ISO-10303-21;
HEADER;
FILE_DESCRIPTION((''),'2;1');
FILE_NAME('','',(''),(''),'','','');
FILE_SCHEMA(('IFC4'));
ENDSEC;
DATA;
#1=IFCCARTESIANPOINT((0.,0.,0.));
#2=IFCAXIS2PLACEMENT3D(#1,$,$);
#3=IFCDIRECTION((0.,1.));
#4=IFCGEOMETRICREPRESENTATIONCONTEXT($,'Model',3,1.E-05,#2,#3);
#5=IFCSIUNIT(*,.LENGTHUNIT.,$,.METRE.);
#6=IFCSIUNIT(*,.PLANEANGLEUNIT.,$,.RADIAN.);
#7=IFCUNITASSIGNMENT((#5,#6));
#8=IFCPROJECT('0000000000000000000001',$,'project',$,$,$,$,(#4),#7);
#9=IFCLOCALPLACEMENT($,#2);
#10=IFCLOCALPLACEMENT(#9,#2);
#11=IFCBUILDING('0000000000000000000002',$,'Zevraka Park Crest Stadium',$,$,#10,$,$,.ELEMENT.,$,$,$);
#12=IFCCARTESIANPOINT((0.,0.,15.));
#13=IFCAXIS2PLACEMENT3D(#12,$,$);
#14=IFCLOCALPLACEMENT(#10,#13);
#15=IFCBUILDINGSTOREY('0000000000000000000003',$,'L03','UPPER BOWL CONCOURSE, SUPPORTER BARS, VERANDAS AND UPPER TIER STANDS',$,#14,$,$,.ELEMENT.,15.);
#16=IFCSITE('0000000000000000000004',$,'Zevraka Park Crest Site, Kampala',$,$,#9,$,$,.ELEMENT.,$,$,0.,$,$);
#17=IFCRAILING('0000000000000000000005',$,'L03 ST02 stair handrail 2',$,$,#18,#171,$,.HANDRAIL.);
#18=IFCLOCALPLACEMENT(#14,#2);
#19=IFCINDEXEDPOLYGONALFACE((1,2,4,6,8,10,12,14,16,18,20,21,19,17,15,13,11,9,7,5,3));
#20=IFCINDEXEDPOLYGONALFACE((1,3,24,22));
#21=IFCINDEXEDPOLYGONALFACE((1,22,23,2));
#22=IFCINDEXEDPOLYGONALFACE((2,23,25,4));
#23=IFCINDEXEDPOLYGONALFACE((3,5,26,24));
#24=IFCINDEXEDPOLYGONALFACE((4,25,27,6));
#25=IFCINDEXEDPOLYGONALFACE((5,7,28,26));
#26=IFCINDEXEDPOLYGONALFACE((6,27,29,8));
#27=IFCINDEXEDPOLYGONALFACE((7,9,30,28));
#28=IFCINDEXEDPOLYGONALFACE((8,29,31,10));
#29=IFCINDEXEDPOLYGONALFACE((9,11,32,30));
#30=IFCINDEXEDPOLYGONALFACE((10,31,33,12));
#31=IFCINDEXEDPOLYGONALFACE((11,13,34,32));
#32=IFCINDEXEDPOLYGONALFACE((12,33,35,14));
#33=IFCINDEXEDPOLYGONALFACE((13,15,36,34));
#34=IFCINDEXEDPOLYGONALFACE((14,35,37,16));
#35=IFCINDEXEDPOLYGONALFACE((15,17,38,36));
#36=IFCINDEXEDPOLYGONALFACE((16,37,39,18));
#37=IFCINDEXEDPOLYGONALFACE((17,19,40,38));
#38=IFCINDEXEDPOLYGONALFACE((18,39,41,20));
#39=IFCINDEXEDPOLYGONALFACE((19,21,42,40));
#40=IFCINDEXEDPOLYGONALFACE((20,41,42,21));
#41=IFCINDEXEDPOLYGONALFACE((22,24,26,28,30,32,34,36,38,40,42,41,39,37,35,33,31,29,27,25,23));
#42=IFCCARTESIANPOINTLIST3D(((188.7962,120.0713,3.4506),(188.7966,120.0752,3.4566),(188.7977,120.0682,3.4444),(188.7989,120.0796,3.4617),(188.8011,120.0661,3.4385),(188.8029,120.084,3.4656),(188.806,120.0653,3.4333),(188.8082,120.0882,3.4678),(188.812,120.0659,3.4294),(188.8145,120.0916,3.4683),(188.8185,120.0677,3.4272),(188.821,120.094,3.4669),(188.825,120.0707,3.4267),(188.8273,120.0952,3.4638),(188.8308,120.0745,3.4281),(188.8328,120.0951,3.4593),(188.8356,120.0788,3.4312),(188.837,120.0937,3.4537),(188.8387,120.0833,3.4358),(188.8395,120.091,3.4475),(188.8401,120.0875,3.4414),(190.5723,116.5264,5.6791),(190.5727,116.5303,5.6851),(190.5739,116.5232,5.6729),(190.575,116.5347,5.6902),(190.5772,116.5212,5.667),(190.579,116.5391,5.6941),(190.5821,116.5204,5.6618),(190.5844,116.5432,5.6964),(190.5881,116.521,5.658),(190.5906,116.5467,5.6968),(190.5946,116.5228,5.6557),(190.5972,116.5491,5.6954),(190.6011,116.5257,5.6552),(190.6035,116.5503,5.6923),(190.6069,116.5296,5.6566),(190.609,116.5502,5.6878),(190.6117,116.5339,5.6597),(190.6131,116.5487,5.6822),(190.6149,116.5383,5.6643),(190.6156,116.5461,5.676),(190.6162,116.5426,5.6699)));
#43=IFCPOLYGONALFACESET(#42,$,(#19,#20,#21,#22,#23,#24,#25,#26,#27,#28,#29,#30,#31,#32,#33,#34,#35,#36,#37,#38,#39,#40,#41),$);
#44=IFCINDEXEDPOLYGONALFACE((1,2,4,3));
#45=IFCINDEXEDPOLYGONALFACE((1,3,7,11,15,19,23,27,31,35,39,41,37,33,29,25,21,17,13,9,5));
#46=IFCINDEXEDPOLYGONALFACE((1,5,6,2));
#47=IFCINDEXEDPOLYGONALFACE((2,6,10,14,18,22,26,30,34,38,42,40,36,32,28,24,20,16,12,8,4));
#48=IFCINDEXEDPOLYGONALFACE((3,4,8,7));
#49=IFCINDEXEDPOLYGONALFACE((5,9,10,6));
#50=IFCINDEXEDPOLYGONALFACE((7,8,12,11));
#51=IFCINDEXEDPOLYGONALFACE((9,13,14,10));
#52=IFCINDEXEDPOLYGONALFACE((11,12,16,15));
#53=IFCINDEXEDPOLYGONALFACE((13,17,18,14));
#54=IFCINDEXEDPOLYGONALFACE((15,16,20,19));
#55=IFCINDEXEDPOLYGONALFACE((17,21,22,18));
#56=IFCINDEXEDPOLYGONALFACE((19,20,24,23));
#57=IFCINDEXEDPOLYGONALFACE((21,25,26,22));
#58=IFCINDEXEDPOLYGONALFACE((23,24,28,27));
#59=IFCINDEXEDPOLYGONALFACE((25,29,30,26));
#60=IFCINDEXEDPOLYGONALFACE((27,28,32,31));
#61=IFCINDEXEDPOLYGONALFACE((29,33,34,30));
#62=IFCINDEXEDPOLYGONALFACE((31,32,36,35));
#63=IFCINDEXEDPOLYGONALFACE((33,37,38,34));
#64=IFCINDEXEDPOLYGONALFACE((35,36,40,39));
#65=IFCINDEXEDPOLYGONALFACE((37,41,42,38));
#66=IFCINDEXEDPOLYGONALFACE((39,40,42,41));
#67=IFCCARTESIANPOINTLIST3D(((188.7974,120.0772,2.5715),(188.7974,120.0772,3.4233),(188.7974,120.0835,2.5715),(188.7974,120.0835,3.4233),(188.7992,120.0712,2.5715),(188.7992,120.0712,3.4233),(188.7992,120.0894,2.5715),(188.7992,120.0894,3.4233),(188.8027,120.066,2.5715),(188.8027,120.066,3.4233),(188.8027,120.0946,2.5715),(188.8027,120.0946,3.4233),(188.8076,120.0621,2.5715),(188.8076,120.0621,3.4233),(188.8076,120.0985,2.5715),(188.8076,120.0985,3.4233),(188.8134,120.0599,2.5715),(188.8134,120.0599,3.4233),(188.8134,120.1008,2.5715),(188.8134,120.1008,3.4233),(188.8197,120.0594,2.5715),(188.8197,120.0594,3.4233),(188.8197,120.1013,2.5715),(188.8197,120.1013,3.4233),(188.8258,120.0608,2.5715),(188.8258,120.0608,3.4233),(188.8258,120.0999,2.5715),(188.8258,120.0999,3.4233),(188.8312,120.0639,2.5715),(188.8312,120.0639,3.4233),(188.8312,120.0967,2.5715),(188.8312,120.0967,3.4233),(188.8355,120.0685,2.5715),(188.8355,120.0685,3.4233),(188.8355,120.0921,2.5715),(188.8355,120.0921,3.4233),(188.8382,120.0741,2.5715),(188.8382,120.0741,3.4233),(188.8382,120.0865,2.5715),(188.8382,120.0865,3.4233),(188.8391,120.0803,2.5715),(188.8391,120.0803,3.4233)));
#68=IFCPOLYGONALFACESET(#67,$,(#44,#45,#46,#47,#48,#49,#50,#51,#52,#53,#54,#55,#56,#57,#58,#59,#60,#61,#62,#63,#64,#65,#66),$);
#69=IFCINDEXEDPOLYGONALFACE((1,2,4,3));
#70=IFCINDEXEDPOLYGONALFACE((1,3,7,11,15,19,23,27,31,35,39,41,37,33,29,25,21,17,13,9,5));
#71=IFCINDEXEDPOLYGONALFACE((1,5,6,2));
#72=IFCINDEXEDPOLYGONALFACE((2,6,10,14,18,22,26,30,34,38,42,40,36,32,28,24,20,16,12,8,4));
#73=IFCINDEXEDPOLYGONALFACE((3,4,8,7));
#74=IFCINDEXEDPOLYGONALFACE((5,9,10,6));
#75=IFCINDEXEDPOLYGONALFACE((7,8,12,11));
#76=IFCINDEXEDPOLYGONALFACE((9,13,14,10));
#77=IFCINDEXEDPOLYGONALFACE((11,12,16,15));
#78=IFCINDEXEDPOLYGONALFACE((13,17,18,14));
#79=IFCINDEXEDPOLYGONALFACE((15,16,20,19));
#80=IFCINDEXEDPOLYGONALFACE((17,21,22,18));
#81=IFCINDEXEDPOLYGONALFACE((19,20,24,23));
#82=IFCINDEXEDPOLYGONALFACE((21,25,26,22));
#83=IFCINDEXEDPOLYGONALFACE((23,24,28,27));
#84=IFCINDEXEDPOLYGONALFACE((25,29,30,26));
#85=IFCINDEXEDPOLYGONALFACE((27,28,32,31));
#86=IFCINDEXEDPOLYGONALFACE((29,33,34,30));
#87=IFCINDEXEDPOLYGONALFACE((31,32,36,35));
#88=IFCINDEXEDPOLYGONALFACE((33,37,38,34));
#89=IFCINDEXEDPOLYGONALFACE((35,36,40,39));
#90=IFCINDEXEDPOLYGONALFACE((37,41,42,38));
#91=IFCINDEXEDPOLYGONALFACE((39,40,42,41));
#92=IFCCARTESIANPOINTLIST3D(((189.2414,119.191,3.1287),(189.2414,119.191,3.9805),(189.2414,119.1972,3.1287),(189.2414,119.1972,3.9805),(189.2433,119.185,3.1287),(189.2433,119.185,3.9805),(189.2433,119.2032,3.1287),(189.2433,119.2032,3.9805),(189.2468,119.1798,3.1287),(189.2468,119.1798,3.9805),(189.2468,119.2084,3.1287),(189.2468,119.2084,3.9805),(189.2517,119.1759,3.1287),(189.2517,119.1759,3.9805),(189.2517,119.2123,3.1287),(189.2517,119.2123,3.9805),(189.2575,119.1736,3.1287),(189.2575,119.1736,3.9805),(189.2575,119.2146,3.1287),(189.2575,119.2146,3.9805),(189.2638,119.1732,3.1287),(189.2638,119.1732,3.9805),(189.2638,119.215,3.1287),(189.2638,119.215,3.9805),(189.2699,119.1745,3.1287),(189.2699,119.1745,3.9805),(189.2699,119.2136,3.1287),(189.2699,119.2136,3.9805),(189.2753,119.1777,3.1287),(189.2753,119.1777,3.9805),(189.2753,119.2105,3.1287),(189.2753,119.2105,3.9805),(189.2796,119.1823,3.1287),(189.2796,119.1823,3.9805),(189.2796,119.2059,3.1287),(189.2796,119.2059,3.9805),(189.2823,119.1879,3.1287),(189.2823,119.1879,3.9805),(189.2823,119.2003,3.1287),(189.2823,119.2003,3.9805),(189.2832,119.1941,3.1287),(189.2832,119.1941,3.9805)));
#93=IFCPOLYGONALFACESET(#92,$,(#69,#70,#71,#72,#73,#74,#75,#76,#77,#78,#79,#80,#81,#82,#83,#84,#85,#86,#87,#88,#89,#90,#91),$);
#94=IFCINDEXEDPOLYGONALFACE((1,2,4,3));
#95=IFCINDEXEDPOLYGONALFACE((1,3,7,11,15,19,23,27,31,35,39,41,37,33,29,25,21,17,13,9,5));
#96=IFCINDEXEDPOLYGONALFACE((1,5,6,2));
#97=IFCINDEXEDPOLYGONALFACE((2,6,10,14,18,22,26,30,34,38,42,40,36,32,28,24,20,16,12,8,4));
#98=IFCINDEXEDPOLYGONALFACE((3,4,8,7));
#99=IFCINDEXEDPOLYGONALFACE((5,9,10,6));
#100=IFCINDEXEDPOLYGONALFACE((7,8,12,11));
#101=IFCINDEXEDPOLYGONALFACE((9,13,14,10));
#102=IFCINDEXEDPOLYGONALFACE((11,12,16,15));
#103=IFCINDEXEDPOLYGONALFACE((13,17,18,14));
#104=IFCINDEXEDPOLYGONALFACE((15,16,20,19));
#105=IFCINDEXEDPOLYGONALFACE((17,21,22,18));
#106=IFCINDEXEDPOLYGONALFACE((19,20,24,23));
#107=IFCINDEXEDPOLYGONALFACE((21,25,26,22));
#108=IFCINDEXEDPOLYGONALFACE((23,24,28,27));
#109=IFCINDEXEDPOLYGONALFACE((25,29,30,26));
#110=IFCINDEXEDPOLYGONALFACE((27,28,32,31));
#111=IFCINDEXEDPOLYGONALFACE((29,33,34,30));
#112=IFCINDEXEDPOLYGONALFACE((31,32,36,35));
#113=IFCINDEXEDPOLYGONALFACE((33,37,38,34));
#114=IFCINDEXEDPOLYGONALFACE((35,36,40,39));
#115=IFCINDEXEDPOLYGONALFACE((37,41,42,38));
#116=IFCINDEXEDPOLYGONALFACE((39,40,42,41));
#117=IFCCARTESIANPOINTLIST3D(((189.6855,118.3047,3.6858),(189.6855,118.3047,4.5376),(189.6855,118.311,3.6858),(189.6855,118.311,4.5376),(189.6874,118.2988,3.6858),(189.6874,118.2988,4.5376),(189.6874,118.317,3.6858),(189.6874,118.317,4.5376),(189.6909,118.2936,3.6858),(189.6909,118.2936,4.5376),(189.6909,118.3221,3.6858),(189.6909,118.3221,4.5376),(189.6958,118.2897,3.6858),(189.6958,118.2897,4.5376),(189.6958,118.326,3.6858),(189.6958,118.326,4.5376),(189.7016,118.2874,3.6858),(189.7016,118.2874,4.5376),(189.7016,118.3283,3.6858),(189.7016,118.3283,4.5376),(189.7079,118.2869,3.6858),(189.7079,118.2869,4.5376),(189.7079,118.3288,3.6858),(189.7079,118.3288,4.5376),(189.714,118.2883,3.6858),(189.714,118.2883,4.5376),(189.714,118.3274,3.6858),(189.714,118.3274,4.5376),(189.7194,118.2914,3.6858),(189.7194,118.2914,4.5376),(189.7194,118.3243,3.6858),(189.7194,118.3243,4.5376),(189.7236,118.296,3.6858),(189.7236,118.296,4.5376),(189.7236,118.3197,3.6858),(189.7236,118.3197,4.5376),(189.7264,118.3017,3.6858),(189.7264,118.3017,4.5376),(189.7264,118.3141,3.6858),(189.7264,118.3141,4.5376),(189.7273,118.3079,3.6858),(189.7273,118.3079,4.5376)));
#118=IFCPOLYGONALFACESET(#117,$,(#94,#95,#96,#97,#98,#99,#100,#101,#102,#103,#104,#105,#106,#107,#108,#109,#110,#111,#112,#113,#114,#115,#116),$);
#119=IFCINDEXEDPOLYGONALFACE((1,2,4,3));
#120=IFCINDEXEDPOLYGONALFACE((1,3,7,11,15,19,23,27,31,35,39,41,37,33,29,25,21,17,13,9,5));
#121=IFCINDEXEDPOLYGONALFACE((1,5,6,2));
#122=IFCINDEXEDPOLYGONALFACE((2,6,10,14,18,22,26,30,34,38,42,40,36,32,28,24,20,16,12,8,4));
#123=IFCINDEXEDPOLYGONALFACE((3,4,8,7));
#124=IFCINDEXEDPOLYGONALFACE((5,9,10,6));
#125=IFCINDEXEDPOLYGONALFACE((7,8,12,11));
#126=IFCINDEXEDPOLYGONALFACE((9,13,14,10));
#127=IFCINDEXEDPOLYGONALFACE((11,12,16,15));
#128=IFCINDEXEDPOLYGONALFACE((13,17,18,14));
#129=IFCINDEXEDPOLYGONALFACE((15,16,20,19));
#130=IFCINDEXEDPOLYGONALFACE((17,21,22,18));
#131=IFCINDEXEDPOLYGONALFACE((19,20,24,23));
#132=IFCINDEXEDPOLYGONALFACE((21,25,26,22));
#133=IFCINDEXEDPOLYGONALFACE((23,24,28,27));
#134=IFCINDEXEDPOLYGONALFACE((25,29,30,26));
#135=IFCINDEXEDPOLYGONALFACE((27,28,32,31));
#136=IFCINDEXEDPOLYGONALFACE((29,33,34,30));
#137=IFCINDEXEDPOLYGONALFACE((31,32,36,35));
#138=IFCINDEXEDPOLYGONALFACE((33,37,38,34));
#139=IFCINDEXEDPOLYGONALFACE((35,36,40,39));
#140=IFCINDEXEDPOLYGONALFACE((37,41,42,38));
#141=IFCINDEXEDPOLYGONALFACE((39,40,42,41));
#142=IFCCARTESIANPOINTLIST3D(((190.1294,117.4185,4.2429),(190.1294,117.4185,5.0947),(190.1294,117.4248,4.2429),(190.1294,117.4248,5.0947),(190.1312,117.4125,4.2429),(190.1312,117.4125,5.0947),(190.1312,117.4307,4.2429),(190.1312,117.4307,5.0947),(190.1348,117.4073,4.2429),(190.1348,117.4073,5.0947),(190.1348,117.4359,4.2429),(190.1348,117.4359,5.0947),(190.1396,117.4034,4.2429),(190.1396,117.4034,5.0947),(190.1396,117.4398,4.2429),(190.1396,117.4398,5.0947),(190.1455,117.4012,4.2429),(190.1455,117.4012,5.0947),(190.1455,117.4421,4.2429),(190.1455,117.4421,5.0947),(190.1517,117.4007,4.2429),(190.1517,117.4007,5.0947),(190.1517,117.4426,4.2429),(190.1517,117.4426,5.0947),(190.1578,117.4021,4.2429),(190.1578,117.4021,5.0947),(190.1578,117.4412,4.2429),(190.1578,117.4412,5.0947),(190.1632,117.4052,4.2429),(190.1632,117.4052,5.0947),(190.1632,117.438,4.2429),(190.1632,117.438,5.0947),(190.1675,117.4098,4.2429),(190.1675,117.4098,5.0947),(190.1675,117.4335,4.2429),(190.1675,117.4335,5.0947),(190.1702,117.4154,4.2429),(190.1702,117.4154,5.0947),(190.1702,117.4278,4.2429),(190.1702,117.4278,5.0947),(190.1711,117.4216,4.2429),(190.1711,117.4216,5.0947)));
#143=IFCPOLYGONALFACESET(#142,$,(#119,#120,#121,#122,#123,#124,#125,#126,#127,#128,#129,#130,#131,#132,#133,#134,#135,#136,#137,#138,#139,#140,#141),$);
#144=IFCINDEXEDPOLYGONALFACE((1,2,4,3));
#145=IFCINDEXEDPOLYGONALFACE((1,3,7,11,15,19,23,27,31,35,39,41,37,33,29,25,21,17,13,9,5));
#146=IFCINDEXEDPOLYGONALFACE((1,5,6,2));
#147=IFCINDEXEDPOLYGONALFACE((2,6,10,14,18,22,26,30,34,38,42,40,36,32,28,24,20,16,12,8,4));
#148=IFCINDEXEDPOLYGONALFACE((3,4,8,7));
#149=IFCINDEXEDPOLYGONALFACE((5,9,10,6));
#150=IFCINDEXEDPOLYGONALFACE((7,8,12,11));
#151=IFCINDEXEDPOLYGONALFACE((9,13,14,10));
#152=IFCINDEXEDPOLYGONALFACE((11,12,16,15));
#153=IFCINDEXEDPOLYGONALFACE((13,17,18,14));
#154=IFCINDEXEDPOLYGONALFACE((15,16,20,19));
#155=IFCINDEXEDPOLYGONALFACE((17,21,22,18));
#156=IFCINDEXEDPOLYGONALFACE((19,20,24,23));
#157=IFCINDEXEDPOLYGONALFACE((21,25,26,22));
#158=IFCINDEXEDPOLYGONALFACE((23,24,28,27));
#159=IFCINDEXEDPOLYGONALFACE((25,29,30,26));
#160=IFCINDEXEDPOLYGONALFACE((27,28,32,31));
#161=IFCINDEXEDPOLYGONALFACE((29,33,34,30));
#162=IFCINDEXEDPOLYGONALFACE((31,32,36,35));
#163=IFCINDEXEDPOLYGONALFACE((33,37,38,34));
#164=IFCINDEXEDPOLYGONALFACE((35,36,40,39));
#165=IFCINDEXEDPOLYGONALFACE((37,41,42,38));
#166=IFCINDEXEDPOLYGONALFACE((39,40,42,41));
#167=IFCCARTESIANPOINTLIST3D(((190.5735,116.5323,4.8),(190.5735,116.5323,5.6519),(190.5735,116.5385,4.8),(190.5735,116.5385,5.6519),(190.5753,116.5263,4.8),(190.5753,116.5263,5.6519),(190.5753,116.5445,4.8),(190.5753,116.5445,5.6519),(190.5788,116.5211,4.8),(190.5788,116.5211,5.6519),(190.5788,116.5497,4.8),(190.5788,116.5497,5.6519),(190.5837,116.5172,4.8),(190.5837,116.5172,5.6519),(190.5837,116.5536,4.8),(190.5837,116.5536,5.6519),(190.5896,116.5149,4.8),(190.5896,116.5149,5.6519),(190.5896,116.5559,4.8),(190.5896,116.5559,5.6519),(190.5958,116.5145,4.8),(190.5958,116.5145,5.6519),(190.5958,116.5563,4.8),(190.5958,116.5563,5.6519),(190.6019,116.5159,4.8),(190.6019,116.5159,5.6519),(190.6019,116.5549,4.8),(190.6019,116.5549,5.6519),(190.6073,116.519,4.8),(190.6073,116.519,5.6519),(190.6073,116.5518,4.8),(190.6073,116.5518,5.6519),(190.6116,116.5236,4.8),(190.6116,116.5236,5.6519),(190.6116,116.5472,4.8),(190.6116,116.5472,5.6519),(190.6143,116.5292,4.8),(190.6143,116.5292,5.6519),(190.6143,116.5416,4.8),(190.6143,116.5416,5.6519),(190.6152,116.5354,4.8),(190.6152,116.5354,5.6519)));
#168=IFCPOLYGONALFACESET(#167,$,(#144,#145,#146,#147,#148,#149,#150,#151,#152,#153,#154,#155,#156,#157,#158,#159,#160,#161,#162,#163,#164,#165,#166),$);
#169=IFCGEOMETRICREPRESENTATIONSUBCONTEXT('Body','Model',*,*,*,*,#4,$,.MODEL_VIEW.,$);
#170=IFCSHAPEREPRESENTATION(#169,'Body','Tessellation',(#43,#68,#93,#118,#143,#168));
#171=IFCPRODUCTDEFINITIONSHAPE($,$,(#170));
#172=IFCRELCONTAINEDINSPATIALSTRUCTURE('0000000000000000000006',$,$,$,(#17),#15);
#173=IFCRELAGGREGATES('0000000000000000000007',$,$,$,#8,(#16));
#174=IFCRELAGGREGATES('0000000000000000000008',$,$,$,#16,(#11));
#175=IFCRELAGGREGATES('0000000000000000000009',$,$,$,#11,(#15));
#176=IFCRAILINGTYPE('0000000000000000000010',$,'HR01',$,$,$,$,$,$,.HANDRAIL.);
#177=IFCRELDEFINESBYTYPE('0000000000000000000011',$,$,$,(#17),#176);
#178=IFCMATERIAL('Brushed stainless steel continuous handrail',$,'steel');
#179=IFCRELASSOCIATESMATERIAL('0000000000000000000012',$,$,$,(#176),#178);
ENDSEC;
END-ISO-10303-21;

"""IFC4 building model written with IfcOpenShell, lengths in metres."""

from ifc_helpers import new_model, si_unit, direction, frame, origin, origin_2d, place, context, subcontext, project, spatial, circle, extrude, material, type_object, element, save


model = new_model("IFC4")

# Units and contexts
model_context = context("Model", 3, precision=1e-05, world=origin(), true_north=direction((0.0, 1.0)))
body_context = subcontext(model_context, "Body", "Model", "MODEL_VIEW")
ifc_project = project(units=[si_unit("LENGTHUNIT", "METRE"), si_unit("PLANEANGLEUNIT", "RADIAN")], contexts=[model_context])

# Site, building, storey
site_placement = place(None, origin())
site = spatial("IfcSite", under=ifc_project, at=site_placement, Name="Zevraka Park Crest Site, Kampala", CompositionType="ELEMENT", RefElevation=0.0)
building_placement = place(site_placement, origin())
building = spatial("IfcBuilding", under=site, at=building_placement, Name="Zevraka Park Crest Stadium", CompositionType="ELEMENT")
storey_placement = place(building_placement, frame((0.0, 0.0, 15.0)))
storey = spatial("IfcBuildingStorey", under=building, at=storey_placement, Name="L03", Description="UPPER BOWL CONCOURSE, SUPPORTER BARS, VERANDAS AND UPPER TIER STANDS", CompositionType="ELEMENT", Elevation=15.0)

# Railing
ifc_material_1 = material(Name="Brushed stainless steel continuous handrail", Category="steel")
railing_type_1 = type_object("IfcRailingType", Name="HR01", PredefinedType="HANDRAIL", material=ifc_material_1)
railing_1_placement = place(storey_placement, frame((188.8181, 120.0803, 2.5715)))
element("IfcRailing", 1, at=railing_1_placement, inside=storey, type_object=railing_type_1, Name="L03 ST02 stair handrail 2", PredefinedType="HANDRAIL", context=body_context, shape_type="SweptSolid", body=[
    extrude(circle(Radius=0.0239, at=origin_2d()), frame((0.0, 0.0, 0.876), z_axis=(0.390499, -0.779389, 0.489963), x_axis=(0.894057, 0.447952, 0.0)), (0.0, 0.0, 1.0), 4.5483),
    extrude(circle(Radius=0.021, at=origin_2d()), origin(), (0.0, 0.0, 1.0), 0.8518),
    extrude(circle(Radius=0.021, at=origin_2d()), frame((0.4441, -0.8862, 0.5571)), (0.0, 0.0, 1.0), 0.8518),
    extrude(circle(Radius=0.021, at=origin_2d()), frame((0.8882, -1.7725, 1.1143)), (0.0, 0.0, 1.0), 0.8518),
    extrude(circle(Radius=0.021, at=origin_2d()), frame((1.332, -2.6587, 1.6714)), (0.0, 0.0, 1.0), 0.8518),
    extrude(circle(Radius=0.021, at=origin_2d()), frame((1.7761, -3.5449, 2.2285)), (0.0, 0.0, 1.0), 0.8518),
])

save(model, "model.ifc")
